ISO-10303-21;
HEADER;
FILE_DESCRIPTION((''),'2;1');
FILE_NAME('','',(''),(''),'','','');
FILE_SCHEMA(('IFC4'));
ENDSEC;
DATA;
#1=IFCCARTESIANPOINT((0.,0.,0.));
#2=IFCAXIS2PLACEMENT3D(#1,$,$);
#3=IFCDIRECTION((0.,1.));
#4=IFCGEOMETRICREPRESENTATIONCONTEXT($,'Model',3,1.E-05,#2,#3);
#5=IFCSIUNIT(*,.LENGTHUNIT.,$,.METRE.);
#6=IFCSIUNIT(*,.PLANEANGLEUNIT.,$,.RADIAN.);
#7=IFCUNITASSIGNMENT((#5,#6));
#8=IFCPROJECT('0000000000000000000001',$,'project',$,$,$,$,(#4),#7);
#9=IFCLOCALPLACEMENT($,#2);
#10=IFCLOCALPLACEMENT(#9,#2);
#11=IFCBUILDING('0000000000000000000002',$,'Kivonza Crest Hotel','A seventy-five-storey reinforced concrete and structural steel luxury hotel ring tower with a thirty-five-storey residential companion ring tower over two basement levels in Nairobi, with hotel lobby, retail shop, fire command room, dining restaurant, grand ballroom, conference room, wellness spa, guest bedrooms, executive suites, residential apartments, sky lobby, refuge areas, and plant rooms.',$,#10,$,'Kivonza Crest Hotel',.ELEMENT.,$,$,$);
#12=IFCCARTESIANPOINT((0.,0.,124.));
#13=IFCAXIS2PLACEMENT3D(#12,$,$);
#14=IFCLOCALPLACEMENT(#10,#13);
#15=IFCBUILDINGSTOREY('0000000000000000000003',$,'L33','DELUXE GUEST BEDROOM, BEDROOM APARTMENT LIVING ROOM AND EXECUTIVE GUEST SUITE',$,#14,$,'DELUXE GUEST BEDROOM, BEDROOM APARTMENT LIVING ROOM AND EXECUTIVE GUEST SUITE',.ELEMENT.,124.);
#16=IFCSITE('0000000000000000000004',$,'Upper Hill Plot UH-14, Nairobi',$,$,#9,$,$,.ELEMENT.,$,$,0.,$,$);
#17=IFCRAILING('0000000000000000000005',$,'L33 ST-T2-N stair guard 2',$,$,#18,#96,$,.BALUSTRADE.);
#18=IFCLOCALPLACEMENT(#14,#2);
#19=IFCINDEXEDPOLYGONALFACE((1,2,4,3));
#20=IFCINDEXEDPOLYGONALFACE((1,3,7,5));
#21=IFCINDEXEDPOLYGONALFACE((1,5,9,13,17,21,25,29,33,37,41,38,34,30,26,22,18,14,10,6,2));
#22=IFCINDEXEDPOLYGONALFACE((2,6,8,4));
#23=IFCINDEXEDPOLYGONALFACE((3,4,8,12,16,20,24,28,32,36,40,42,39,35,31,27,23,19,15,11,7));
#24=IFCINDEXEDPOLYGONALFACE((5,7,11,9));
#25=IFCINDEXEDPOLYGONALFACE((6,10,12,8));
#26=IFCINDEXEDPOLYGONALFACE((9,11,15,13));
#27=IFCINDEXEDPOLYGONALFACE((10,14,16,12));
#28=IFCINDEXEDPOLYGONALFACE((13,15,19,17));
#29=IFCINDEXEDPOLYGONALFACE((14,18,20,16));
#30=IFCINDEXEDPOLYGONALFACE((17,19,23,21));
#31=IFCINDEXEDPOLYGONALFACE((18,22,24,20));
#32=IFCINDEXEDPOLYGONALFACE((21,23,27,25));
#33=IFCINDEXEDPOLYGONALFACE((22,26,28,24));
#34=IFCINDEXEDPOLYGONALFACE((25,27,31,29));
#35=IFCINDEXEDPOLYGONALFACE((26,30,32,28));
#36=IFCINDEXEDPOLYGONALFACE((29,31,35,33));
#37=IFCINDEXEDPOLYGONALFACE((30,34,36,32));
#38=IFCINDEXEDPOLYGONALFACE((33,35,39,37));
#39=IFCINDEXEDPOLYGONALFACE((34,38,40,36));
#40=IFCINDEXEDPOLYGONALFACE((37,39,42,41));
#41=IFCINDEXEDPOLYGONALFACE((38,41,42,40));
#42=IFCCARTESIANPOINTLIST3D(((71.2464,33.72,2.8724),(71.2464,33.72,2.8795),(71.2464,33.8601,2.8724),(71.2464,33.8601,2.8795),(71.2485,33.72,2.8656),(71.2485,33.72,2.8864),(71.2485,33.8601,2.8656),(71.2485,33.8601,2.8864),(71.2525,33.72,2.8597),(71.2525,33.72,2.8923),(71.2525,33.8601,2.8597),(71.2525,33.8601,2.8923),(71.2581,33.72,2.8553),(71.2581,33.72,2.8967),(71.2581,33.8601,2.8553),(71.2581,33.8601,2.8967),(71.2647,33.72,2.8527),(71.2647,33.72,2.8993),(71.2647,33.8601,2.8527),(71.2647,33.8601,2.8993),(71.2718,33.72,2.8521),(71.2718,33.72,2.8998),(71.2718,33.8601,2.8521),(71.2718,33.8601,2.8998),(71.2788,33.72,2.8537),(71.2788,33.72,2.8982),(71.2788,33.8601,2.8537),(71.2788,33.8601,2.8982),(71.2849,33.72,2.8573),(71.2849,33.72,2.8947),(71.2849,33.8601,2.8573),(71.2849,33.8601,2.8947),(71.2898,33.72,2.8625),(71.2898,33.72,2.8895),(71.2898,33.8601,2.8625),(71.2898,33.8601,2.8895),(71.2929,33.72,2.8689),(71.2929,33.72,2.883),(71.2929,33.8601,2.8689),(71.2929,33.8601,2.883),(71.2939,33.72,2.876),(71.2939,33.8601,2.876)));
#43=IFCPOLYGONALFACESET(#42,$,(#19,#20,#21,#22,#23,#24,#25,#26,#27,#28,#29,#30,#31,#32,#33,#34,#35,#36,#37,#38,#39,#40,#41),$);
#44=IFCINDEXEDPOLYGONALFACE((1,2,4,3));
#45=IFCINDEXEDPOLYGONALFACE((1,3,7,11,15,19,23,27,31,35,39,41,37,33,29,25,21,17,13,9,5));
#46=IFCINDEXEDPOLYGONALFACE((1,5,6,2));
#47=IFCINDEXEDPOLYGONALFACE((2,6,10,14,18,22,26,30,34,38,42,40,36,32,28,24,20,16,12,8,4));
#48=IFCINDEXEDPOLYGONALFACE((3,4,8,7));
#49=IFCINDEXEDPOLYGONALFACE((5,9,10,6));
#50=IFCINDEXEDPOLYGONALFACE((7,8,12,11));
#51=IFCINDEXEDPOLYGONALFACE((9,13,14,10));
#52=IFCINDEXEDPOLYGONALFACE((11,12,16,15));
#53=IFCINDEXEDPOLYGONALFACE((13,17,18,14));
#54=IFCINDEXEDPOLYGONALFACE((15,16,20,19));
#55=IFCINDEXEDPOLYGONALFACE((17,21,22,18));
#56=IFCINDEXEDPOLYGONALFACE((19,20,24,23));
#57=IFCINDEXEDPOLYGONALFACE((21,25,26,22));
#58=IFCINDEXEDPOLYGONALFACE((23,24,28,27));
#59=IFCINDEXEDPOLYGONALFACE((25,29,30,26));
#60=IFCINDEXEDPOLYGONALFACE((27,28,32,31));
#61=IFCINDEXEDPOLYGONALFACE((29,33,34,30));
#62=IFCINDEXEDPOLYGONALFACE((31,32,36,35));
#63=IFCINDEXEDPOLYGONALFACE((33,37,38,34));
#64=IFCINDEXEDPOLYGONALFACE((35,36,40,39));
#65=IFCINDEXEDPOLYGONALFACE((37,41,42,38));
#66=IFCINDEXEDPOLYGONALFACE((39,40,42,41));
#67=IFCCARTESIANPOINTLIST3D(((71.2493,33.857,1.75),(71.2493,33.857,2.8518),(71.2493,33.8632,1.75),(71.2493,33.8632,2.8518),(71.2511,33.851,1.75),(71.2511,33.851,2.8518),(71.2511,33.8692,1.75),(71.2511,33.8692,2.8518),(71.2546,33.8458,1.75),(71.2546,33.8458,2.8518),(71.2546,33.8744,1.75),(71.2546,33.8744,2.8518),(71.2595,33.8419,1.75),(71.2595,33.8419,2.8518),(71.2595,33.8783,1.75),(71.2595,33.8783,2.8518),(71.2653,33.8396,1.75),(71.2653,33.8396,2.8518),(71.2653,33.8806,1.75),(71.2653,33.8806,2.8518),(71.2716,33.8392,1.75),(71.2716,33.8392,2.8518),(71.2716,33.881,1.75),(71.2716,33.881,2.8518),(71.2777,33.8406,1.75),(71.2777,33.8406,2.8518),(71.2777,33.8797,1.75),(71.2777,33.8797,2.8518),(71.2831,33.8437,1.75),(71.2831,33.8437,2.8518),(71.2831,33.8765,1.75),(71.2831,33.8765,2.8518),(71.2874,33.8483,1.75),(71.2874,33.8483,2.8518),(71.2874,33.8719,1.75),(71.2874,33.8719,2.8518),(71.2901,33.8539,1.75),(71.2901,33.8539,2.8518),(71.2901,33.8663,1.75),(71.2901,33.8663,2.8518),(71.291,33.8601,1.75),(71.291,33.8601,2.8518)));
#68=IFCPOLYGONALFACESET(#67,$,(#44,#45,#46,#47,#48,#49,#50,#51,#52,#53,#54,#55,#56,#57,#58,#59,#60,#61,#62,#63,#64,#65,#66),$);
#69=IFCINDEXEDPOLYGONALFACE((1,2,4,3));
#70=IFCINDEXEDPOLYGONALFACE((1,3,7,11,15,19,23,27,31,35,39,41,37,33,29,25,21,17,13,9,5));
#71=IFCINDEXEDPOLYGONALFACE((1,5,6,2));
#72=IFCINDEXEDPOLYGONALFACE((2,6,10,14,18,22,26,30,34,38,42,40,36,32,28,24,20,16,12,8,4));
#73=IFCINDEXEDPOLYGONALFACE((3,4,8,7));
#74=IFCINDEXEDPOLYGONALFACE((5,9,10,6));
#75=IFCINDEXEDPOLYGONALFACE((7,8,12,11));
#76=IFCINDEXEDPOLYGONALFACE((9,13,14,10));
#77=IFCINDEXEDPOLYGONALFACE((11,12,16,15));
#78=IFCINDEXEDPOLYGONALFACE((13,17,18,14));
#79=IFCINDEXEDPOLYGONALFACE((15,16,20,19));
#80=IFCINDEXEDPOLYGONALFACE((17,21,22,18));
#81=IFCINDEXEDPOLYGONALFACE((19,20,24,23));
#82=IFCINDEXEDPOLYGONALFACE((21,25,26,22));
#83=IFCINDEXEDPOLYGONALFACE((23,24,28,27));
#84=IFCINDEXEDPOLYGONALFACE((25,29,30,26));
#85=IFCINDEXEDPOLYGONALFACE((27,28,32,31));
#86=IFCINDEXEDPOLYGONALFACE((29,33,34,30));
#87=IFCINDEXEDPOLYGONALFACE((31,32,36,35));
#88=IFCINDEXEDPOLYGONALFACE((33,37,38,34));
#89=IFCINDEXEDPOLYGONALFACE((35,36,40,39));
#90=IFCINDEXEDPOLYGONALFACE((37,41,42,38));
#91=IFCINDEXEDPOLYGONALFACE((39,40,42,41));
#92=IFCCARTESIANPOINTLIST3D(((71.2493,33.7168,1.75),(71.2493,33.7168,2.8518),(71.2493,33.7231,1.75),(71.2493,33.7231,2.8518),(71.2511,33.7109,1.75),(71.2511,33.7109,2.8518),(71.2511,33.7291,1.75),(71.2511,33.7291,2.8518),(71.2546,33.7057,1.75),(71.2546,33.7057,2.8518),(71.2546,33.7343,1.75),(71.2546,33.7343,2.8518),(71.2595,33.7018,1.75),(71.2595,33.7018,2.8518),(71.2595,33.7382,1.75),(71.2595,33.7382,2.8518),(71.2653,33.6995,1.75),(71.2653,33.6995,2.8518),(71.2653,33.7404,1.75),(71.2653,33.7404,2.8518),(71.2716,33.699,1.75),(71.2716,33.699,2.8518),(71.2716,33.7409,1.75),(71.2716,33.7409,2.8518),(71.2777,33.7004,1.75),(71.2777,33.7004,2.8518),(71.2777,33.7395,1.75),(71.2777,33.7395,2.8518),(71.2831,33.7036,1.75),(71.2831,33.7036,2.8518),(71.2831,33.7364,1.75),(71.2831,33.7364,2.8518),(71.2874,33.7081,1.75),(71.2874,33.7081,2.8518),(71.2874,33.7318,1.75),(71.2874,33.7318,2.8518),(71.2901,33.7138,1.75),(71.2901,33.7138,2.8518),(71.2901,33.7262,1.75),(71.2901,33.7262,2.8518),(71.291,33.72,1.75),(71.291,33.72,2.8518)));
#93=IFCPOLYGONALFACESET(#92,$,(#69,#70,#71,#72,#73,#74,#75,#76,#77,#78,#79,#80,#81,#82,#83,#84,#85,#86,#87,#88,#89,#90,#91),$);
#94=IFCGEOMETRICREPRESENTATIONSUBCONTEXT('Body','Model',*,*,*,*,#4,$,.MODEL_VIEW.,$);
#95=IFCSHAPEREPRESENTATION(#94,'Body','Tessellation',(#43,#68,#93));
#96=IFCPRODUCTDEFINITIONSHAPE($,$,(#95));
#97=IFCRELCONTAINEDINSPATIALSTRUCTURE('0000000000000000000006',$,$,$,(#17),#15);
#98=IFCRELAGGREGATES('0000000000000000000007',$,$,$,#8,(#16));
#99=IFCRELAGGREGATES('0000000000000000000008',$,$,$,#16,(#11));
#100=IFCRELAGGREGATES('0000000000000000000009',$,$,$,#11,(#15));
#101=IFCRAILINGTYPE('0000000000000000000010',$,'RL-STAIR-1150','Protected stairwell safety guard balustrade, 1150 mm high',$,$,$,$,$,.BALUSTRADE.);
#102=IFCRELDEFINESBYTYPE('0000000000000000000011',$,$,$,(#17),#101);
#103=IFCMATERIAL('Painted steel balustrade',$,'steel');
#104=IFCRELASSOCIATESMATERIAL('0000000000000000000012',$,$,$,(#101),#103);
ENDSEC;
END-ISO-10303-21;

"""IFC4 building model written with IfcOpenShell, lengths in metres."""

from ifc_helpers import new_model, si_unit, direction, frame, origin, origin_2d, place, context, subcontext, project, spatial, circle, extrude, material, type_object, element, save


model = new_model("IFC4")

# Units and contexts
model_context = context("Model", 3, precision=1e-05, world=origin(), true_north=direction((0.0, 1.0)))
body_context = subcontext(model_context, "Body", "Model", "MODEL_VIEW")
ifc_project = project(units=[si_unit("LENGTHUNIT", "METRE"), si_unit("PLANEANGLEUNIT", "RADIAN")], contexts=[model_context])

# Site, building, storey
site_placement = place(None, origin())
site = spatial("IfcSite", under=ifc_project, at=site_placement, Name="Upper Hill Plot UH-14, Nairobi", CompositionType="ELEMENT", RefElevation=0.0)
building_placement = place(site_placement, origin())
building = spatial("IfcBuilding", under=site, at=building_placement, Name="Kivonza Crest Hotel", Description="A seventy-five-storey reinforced concrete and structural steel luxury hotel ring tower with a thirty-five-storey residential companion ring tower over two basement levels in Nairobi, with hotel lobby, retail shop, fire command room, dining restaurant, grand ballroom, conference room, wellness spa, guest bedrooms, executive suites, residential apartments, sky lobby, refuge areas, and plant rooms.", LongName="Kivonza Crest Hotel", CompositionType="ELEMENT")
storey_placement = place(building_placement, frame((0.0, 0.0, 124.0)))
storey = spatial("IfcBuildingStorey", under=building, at=storey_placement, Name="L33", Description="DELUXE GUEST BEDROOM, BEDROOM APARTMENT LIVING ROOM AND EXECUTIVE GUEST SUITE", LongName="DELUXE GUEST BEDROOM, BEDROOM APARTMENT LIVING ROOM AND EXECUTIVE GUEST SUITE", CompositionType="ELEMENT", Elevation=124.0)

# Railing
ifc_material_1 = material(Name="Painted steel balustrade", Category="steel")
railing_type_1 = type_object("IfcRailingType", Name="RL-STAIR-1150", Description="Protected stairwell safety guard balustrade, 1150 mm high", PredefinedType="BALUSTRADE", material=ifc_material_1)
railing_1_placement = place(storey_placement, frame((71.27, 33.8601, 1.75)))
element("IfcRailing", 1, at=railing_1_placement, inside=storey, type_object=railing_type_1, Name="L33 ST-T2-N stair guard 2", PredefinedType="BALUSTRADE", context=body_context, shape_type="SweptSolid", body=[
    extrude(circle(Radius=0.0239, at=origin_2d()), frame((0.0, 0.0, 1.126), z_axis=(0.0, -1.0, 0.0), x_axis=(1.0, 0.0, 0.0)), (0.0, 0.0, 1.0), 0.1401),
    extrude(circle(Radius=0.021, at=origin_2d()), origin(), (0.0, 0.0, 1.0), 1.1018),
    extrude(circle(Radius=0.021, at=origin_2d()), frame((0.0, -0.1401, 0.0)), (0.0, 0.0, 1.0), 1.1018),
])

save(model, "model.ifc")
